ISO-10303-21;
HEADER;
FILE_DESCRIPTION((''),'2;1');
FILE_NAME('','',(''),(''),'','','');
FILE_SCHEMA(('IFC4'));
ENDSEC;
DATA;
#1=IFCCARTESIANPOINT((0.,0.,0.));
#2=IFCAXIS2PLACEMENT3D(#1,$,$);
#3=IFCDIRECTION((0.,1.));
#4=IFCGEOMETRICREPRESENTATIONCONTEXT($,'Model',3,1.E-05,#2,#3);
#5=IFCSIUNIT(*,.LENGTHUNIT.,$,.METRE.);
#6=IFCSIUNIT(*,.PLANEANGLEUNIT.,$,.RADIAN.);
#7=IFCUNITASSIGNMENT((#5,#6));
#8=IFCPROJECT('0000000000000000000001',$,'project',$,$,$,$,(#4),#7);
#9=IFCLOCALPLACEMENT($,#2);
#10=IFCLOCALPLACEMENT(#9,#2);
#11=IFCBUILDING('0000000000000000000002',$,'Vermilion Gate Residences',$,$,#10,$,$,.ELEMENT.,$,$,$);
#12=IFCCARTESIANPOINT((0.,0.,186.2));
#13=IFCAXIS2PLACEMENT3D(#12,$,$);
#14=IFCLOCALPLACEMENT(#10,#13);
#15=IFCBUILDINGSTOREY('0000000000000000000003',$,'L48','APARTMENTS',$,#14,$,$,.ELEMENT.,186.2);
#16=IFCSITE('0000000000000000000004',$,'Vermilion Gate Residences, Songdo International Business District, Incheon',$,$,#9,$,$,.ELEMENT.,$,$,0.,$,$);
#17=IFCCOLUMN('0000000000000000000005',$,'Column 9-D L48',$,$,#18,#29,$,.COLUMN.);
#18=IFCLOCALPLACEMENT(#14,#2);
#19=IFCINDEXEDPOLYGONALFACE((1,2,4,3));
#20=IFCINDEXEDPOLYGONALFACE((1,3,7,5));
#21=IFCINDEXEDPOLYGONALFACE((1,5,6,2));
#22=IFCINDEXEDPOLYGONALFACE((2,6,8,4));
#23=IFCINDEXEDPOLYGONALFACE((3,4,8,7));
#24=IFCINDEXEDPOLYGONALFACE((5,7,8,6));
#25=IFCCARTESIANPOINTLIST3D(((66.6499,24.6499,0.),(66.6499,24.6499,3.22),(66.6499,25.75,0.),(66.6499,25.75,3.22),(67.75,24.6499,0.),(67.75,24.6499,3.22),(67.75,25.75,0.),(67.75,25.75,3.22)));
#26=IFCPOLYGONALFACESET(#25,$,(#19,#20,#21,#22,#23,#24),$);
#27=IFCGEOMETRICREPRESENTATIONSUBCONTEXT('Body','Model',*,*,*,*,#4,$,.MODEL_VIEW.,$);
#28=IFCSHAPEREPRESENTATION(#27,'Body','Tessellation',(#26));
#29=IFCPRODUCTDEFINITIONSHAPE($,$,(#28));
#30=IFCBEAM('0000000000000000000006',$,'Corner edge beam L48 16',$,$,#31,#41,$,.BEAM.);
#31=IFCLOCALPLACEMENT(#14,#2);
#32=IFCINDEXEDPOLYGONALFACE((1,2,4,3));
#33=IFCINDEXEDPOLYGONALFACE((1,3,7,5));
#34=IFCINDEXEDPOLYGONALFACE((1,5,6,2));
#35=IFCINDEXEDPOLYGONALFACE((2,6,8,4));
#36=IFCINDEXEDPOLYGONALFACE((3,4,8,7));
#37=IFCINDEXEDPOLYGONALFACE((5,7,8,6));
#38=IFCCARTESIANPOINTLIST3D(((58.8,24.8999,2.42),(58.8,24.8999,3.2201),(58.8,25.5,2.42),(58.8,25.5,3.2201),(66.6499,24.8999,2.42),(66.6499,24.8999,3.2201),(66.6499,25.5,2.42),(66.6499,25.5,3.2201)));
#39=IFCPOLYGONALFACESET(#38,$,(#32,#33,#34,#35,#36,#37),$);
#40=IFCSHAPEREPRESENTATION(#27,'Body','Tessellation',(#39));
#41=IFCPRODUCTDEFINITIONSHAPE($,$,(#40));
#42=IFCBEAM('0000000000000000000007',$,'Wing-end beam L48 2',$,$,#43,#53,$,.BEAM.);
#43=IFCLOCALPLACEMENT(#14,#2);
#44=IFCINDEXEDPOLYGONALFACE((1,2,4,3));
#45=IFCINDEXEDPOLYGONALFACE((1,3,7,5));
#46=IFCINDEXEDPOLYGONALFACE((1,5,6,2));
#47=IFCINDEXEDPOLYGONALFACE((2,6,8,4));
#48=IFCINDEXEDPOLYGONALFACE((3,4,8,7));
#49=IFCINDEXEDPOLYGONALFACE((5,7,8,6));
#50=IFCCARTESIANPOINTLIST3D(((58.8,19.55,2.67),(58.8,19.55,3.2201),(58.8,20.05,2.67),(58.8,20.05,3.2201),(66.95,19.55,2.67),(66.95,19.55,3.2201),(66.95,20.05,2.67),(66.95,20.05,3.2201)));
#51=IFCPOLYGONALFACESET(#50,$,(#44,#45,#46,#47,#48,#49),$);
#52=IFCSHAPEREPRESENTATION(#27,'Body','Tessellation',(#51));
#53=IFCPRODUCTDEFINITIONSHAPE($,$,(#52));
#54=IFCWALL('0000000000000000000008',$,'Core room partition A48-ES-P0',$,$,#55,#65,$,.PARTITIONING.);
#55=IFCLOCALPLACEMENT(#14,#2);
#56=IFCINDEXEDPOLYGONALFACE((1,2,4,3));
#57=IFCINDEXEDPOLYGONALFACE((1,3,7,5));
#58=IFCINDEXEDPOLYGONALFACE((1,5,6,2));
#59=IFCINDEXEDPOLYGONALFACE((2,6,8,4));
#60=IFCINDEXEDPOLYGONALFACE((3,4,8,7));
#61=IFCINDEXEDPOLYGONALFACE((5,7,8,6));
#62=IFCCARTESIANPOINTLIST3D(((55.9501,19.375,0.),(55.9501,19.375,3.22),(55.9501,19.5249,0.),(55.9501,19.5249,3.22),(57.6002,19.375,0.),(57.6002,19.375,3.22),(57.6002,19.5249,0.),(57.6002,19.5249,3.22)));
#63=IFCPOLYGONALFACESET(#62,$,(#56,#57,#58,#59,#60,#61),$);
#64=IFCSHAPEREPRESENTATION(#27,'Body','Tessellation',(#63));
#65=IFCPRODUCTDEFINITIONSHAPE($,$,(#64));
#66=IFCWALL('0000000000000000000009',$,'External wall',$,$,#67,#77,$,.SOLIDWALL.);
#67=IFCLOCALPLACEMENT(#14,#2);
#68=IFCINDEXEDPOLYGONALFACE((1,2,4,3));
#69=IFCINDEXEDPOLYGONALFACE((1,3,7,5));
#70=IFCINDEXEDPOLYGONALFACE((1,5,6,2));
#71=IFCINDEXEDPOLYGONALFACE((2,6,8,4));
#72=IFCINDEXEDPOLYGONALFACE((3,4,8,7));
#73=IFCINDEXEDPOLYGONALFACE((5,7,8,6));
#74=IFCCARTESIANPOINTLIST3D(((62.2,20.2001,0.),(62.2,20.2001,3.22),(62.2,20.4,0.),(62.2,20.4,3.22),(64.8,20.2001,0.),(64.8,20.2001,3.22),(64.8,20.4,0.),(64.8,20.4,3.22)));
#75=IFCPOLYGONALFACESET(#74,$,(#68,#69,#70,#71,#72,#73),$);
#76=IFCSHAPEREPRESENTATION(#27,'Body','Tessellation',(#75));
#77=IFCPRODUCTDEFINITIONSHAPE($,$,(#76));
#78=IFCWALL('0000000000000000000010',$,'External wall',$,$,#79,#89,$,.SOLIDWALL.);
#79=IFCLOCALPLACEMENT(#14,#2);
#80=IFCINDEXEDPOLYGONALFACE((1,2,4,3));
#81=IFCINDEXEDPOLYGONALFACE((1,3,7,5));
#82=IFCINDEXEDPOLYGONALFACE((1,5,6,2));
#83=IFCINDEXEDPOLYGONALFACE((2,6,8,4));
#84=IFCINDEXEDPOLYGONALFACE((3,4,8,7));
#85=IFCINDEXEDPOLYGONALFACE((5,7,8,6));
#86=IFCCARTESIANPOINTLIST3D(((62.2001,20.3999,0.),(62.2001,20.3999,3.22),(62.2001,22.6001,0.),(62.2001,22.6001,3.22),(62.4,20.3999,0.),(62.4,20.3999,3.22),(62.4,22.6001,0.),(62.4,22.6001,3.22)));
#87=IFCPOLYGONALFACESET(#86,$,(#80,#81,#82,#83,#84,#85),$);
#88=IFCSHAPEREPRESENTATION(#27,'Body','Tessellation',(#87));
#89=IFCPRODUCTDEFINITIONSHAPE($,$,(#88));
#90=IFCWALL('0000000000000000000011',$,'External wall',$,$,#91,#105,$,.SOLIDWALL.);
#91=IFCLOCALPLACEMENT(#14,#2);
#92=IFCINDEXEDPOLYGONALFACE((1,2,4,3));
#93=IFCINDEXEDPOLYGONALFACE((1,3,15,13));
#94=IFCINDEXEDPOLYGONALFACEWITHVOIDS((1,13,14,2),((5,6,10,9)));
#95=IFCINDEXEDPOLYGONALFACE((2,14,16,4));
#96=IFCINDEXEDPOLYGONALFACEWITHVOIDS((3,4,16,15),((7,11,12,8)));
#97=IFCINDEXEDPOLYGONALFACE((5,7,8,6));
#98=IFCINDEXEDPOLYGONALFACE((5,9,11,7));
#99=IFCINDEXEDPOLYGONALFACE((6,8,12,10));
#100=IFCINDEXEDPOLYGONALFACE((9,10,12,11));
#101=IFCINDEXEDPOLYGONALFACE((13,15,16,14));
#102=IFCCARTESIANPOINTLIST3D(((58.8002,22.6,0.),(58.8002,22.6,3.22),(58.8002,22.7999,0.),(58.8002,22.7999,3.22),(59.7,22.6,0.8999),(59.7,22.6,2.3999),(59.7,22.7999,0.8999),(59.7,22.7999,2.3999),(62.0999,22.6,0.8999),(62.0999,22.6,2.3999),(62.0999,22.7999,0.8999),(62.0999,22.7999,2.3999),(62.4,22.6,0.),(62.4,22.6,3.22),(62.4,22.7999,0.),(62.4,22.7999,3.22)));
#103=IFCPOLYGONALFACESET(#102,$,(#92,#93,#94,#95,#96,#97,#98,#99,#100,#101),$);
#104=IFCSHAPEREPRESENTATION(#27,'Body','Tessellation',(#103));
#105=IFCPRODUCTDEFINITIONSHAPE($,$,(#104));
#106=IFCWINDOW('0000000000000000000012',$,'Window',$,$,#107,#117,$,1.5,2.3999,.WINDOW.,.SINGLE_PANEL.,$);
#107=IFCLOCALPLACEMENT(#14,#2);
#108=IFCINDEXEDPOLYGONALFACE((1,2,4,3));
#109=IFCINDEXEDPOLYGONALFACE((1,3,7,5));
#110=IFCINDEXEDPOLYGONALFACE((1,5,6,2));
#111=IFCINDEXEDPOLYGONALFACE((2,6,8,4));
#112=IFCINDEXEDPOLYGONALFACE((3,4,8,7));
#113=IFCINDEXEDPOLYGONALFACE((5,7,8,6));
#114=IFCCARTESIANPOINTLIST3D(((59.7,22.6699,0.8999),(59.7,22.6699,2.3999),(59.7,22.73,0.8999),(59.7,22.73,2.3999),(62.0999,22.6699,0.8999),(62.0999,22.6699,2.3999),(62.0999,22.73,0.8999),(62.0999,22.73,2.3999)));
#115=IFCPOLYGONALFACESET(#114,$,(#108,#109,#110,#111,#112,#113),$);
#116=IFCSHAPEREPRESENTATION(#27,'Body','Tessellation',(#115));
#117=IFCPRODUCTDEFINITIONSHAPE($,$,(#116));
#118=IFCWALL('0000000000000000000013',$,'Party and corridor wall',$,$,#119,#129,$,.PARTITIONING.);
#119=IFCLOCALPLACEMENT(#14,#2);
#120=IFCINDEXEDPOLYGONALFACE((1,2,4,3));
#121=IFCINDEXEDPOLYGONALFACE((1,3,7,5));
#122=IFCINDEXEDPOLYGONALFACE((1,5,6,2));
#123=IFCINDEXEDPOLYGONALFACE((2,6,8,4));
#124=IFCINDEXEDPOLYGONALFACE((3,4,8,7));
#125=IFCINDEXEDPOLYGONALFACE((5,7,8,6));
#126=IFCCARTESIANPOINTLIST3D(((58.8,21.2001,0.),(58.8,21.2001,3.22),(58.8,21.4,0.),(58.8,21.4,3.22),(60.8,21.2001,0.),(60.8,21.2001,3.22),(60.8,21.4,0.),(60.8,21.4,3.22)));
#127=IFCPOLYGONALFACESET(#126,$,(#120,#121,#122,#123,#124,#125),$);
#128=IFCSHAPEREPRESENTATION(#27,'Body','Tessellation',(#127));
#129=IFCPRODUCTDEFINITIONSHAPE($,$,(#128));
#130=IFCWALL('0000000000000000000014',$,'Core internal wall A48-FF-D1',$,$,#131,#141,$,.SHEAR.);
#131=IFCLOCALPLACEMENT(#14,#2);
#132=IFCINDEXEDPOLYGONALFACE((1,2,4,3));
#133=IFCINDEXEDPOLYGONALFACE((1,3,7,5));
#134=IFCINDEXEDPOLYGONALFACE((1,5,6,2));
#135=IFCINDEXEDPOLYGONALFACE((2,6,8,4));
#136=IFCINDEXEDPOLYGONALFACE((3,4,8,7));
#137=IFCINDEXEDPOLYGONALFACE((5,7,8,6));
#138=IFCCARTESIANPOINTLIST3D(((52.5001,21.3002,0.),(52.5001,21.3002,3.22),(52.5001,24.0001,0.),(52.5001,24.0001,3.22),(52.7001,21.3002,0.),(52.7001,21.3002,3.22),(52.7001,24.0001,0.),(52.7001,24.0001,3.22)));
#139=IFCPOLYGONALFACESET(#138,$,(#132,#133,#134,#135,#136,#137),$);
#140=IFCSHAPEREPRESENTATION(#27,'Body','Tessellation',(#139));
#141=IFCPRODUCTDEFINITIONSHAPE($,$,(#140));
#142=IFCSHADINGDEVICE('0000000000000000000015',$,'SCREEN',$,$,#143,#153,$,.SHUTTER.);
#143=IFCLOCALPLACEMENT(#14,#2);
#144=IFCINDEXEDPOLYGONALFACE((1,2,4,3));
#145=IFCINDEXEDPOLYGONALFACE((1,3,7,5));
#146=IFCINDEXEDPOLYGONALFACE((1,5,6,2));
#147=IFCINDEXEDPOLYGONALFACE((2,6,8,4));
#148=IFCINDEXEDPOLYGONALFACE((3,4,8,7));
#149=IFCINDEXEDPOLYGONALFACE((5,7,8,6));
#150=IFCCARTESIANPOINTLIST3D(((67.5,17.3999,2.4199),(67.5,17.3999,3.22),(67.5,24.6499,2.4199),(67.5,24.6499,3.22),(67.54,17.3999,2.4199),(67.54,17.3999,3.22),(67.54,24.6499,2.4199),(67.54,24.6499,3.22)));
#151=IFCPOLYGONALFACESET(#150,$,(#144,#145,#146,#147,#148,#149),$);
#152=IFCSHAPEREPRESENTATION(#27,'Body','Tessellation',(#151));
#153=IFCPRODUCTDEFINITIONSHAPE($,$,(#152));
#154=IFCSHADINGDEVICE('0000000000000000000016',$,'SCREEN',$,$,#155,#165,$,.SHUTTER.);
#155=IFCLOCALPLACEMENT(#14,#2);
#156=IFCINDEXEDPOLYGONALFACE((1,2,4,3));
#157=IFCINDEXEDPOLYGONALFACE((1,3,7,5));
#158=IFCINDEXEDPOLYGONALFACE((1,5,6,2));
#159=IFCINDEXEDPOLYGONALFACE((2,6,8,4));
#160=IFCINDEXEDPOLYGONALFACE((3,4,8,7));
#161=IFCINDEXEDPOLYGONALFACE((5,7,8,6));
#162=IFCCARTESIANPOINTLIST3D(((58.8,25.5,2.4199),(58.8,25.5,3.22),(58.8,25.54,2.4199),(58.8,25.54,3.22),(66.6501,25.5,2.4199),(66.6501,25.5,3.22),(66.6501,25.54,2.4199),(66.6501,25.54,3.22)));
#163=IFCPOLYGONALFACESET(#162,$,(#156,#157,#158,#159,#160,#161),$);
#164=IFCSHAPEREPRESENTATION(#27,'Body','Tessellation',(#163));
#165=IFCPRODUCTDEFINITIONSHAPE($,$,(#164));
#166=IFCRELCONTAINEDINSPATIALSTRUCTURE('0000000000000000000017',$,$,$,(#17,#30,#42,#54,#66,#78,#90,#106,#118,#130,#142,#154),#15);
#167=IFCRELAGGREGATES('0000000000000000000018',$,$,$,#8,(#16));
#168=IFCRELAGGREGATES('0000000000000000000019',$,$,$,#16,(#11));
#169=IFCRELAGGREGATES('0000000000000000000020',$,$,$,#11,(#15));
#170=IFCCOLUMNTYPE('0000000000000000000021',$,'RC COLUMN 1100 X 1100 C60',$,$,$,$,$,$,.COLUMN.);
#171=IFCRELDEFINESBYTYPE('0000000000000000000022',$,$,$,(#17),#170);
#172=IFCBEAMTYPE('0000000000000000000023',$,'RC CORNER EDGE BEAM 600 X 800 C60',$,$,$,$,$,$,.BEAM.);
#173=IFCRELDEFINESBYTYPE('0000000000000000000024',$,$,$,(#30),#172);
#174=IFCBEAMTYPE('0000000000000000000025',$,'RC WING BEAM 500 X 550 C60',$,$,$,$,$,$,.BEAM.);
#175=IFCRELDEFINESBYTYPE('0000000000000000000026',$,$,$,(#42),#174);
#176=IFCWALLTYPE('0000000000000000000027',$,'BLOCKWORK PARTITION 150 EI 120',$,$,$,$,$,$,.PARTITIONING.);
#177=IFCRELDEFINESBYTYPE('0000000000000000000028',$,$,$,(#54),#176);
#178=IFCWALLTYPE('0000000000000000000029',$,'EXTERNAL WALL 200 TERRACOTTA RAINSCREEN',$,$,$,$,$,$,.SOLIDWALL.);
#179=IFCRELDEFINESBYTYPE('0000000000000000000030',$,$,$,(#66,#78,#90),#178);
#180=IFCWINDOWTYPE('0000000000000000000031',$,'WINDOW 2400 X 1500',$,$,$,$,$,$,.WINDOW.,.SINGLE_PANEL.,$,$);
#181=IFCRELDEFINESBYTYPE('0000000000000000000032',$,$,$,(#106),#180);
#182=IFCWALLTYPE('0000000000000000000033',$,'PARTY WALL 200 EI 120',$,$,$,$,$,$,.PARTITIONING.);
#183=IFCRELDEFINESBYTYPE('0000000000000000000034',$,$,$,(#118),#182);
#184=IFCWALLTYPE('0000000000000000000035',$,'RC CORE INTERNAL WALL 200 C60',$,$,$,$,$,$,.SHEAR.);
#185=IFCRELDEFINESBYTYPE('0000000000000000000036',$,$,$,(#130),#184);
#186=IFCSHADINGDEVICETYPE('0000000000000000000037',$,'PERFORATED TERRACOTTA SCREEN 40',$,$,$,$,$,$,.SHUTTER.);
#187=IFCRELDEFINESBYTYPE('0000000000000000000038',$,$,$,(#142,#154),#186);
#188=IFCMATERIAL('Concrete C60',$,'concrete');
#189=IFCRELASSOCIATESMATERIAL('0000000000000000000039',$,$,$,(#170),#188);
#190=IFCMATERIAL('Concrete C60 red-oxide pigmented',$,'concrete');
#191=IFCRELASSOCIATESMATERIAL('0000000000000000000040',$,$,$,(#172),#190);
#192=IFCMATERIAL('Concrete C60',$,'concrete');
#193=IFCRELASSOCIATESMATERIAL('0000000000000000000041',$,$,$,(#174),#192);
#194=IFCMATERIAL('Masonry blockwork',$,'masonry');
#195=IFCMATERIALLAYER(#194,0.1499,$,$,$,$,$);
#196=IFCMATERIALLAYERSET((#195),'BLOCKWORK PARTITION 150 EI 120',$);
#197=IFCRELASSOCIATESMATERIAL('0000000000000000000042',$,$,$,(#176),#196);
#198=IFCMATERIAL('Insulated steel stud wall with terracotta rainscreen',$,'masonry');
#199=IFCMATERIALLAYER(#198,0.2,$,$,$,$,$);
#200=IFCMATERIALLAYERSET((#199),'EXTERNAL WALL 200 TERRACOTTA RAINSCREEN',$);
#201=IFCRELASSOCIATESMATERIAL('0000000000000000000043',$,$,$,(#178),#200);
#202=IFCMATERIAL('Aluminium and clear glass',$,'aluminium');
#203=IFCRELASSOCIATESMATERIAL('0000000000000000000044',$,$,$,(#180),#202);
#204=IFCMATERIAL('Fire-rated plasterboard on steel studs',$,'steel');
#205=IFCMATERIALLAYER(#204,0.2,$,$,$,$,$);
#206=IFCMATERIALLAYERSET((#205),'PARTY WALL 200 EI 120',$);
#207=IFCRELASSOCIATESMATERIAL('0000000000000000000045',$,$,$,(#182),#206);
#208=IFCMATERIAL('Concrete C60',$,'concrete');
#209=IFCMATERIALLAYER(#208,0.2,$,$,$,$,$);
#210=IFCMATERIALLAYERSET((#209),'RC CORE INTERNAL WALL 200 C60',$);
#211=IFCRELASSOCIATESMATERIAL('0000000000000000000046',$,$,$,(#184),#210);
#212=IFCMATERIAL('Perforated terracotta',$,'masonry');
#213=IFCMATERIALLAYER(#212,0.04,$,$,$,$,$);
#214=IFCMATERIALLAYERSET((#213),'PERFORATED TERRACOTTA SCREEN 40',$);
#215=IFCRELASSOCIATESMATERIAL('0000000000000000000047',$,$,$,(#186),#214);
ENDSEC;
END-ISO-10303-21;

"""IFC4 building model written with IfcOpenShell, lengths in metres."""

from ifc_helpers import new_model, si_unit, direction, frame, frame_2d, origin, origin_2d, place, context, subcontext, project, spatial, rectangle, extrude, material, layer, layer_set, material_profile, profile_set, type_object, element, fill, save


model = new_model("IFC4")

# Units and contexts
model_context = context("Model", 3, precision=1e-05, world=origin(), true_north=direction((0.0, 1.0)))
body_context = subcontext(model_context, "Body", "Model", "MODEL_VIEW")
ifc_project = project(units=[si_unit("LENGTHUNIT", "METRE"), si_unit("PLANEANGLEUNIT", "RADIAN")], contexts=[model_context])

# Site, building, storey
site_placement = place(None, origin())
site = spatial("IfcSite", under=ifc_project, at=site_placement, Name="Vermilion Gate Residences, Songdo International Business District, Incheon", CompositionType="ELEMENT", RefElevation=0.0)
building_placement = place(site_placement, origin())
building = spatial("IfcBuilding", under=site, at=building_placement, Name="Vermilion Gate Residences", CompositionType="ELEMENT")
storey_placement = place(building_placement, frame((0.0, 0.0, 186.2)))
storey = spatial("IfcBuildingStorey", under=building, at=storey_placement, Name="L48", Description="APARTMENTS", CompositionType="ELEMENT", Elevation=186.2)

# Column
ifc_material_1 = material(Name="Concrete C60", Category="concrete")
ifc_material_profile_1 = material_profile(ifc_material_1, rectangle(XDim=1.1001, YDim=1.1001, at=origin_2d()), Name="RC-1100x1100")
ifc_profile_set_1 = profile_set([ifc_material_profile_1], Name="Concrete C60")
column_type = type_object("IfcColumnType", Name="RC COLUMN 1100 X 1100 C60", PredefinedType="COLUMN", material=ifc_profile_set_1)
column_placement = place(storey_placement, frame((67.2, 25.2, 0.0), z_axis=(0.0, 0.0, 1.0), x_axis=(1.0, 0.0, 0.0)))
element("IfcColumn", 1, at=column_placement, inside=storey, type_object=column_type, Name="Column 9-D L48", PredefinedType="COLUMN", context=body_context, shape_type="SweptSolid", body=[
    extrude(rectangle(XDim=1.1001, YDim=1.1001, at=origin_2d()), origin(), (0.0, 0.0, 1.0), 3.22),
])

# Beams
ifc_material_2 = material(Name="Concrete C60 red-oxide pigmented", Category="concrete")
ifc_material_profile_2 = material_profile(ifc_material_2, rectangle(XDim=0.6001, YDim=0.8, at=origin_2d()), Name="RC-600x800")
ifc_profile_set_2 = profile_set([ifc_material_profile_2], Name="Concrete C60 red-oxide pigmented")
beam_type_1 = type_object("IfcBeamType", Name="RC CORNER EDGE BEAM 600 X 800 C60", PredefinedType="BEAM", material=ifc_profile_set_2)
beam_1_placement = place(storey_placement, frame((58.8, 25.2, 2.8201), z_axis=(1.0, 0.0, 0.0), x_axis=(0.0, 1.0, 0.0)))
element("IfcBeam", 2, at=beam_1_placement, inside=storey, type_object=beam_type_1, Name="Corner edge beam L48 16", PredefinedType="BEAM", context=body_context, shape_type="SweptSolid", body=[
    extrude(rectangle(XDim=0.6001, YDim=0.8, at=origin_2d()), origin(), (0.0, 0.0, 1.0), 7.8499),
])
ifc_material_3 = material(Name="Concrete C60", Category="concrete")
ifc_material_profile_3 = material_profile(ifc_material_3, rectangle(XDim=0.5, YDim=0.55, at=origin_2d()), Name="RC-500x550")
ifc_profile_set_3 = profile_set([ifc_material_profile_3], Name="Concrete C60")
beam_type_2 = type_object("IfcBeamType", Name="RC WING BEAM 500 X 550 C60", PredefinedType="BEAM", material=ifc_profile_set_3)
beam_2_placement = place(storey_placement, frame((58.8, 19.8, 2.9451), z_axis=(1.0, 0.0, 0.0), x_axis=(0.0, 1.0, 0.0)))
element("IfcBeam", 3, at=beam_2_placement, inside=storey, type_object=beam_type_2, Name="Wing-end beam L48 2", PredefinedType="BEAM", context=body_context, shape_type="SweptSolid", body=[
    extrude(rectangle(XDim=0.5, YDim=0.55, at=origin_2d()), origin(), (0.0, 0.0, 1.0), 8.1499),
])

# Walls
ifc_material_4 = material(Name="Masonry blockwork", Category="masonry")
ifc_layer_1 = layer(ifc_material_4, 0.1499)
ifc_layer_set_1 = layer_set([ifc_layer_1], Name="BLOCKWORK PARTITION 150 EI 120")
wall_type_1 = type_object("IfcWallType", Name="BLOCKWORK PARTITION 150 EI 120", PredefinedType="PARTITIONING", material=ifc_layer_set_1)
wall_1_placement = place(storey_placement, frame((55.95, 19.45, 0.0), z_axis=(0.0, 0.0, 1.0), x_axis=(1.0, 0.0, 0.0)))
element("IfcWall", 4, at=wall_1_placement, inside=storey, type_object=wall_type_1, Name="Core room partition A48-ES-P0", PredefinedType="PARTITIONING", context=body_context, shape_type="SweptSolid", body=[
    extrude(rectangle(XDim=1.6501, YDim=0.1499, at=frame_2d((0.8252, 0.0))), origin(), (0.0, 0.0, 1.0), 3.22),
])
ifc_material_5 = material(Name="Insulated steel stud wall with terracotta rainscreen", Category="masonry")
ifc_layer_2 = layer(ifc_material_5, 0.2)
ifc_layer_set_2 = layer_set([ifc_layer_2], Name="EXTERNAL WALL 200 TERRACOTTA RAINSCREEN")
wall_type_2 = type_object("IfcWallType", Name="EXTERNAL WALL 200 TERRACOTTA RAINSCREEN", PredefinedType="SOLIDWALL", material=ifc_layer_set_2)
wall_2_placement = place(storey_placement, frame((64.8, 20.3, 0.0), z_axis=(0.0, 0.0, 1.0), x_axis=(-1.0, 0.0, 0.0)))
element("IfcWall", 5, at=wall_2_placement, inside=storey, type_object=wall_type_2, Name="External wall", PredefinedType="SOLIDWALL", context=body_context, shape_type="SweptSolid", body=[
    extrude(rectangle(XDim=2.6001, YDim=0.2, at=frame_2d((1.3, 0.0))), origin(), (0.0, 0.0, 1.0), 3.22),
])
wall_3_placement = place(storey_placement, frame((62.3, 20.3999, 0.0), z_axis=(0.0, 0.0, 1.0), x_axis=(0.0, 1.0, 0.0)))
element("IfcWall", 6, at=wall_3_placement, inside=storey, type_object=wall_type_2, Name="External wall", PredefinedType="SOLIDWALL", context=body_context, shape_type="SweptSolid", body=[
    extrude(rectangle(XDim=2.2002, YDim=0.2, at=frame_2d((1.1001, 0.0))), origin(), (0.0, 0.0, 1.0), 3.22),
])

# Wall, opening, window
wall_4_placement = place(storey_placement, frame((62.3999, 22.7, 0.0), z_axis=(0.0, 0.0, 1.0), x_axis=(-1.0, 0.0, 0.0)))
wall_4 = element("IfcWall", 7, at=wall_4_placement, inside=storey, type_object=wall_type_2, Name="External wall", PredefinedType="SOLIDWALL", context=body_context, shape_type="SweptSolid", body=[
    extrude(rectangle(XDim=3.5999, YDim=0.2, at=frame_2d((1.7998, 0.0))), origin(), (0.0, 0.0, 1.0), 3.22),
])
opening_placement = place(wall_4_placement, frame((0.3, 0.0, 0.8999)))
opening = element("IfcOpeningElement", 8, at=opening_placement, cuts=wall_4, PredefinedType="OPENING", context=body_context, shape_type="SweptSolid", body=[
    extrude(rectangle(XDim=2.3999, YDim=1.5, at=frame_2d((1.2, 0.75))), frame((0.0, 0.1099, 0.0), z_axis=(0.0, -1.0, 0.0), x_axis=(1.0, 0.0, 0.0)), (0.0, 0.0, 1.0), 0.22),
])
ifc_material_6 = material(Name="Aluminium and clear glass", Category="aluminium")
window_type = type_object("IfcWindowType", Name="WINDOW 2400 X 1500", PartitioningType="SINGLE_PANEL", PredefinedType="WINDOW", material=ifc_material_6)
window_placement = place(opening_placement, origin())
window = element("IfcWindow", 9, at=window_placement, inside=storey, type_object=window_type, Name="Window", OverallHeight=1.5, OverallWidth=2.3999, PartitioningType="SINGLE_PANEL", PredefinedType="WINDOW", context=body_context, shape_type="SweptSolid", body=[
    extrude(rectangle(XDim=2.3999, YDim=1.5, at=frame_2d((1.2, 0.75))), frame((0.0, 0.03, 0.0), z_axis=(0.0, -1.0, 0.0), x_axis=(1.0, 0.0, 0.0)), (0.0, 0.0, 1.0), 0.0601),
])
fill(opening, window)

# Walls
ifc_material_7 = material(Name="Fire-rated plasterboard on steel studs", Category="steel")
ifc_layer_3 = layer(ifc_material_7, 0.2)
ifc_layer_set_3 = layer_set([ifc_layer_3], Name="PARTY WALL 200 EI 120")
wall_type_3 = type_object("IfcWallType", Name="PARTY WALL 200 EI 120", PredefinedType="PARTITIONING", material=ifc_layer_set_3)
wall_5_placement = place(storey_placement, frame((58.8, 21.3, 0.0), z_axis=(0.0, 0.0, 1.0), x_axis=(1.0, 0.0, 0.0)))
element("IfcWall", 10, at=wall_5_placement, inside=storey, type_object=wall_type_3, Name="Party and corridor wall", PredefinedType="PARTITIONING", context=body_context, shape_type="SweptSolid", body=[
    extrude(rectangle(XDim=2.0, YDim=0.2, at=frame_2d((1.0, 0.0))), origin(), (0.0, 0.0, 1.0), 3.22),
])
ifc_material_8 = material(Name="Concrete C60", Category="concrete")
ifc_layer_4 = layer(ifc_material_8, 0.2)
ifc_layer_set_4 = layer_set([ifc_layer_4], Name="RC CORE INTERNAL WALL 200 C60")
wall_type_4 = type_object("IfcWallType", Name="RC CORE INTERNAL WALL 200 C60", PredefinedType="SHEAR", material=ifc_layer_set_4)
wall_6_placement = place(storey_placement, frame((52.6001, 21.3, 0.0), z_axis=(0.0, 0.0, 1.0), x_axis=(0.0, 1.0, 0.0)))
element("IfcWall", 11, at=wall_6_placement, inside=storey, type_object=wall_type_4, Name="Core internal wall A48-FF-D1", PredefinedType="SHEAR", context=body_context, shape_type="SweptSolid", body=[
    extrude(rectangle(XDim=2.7, YDim=0.2, at=frame_2d((1.3501, 0.0))), origin(), (0.0, 0.0, 1.0), 3.22),
])

# Shading devices
ifc_material_9 = material(Name="Perforated terracotta", Category="masonry")
ifc_layer_5 = layer(ifc_material_9, 0.04)
ifc_layer_set_5 = layer_set([ifc_layer_5], Name="PERFORATED TERRACOTTA SCREEN 40")
shading_device_type_1 = type_object("IfcShadingDeviceType", Name="PERFORATED TERRACOTTA SCREEN 40", PredefinedType="SHUTTER", material=ifc_layer_set_5)
shading_device_1_placement = place(storey_placement, frame((67.52, 21.0249, 2.4199), z_axis=(0.0, 0.0, 1.0), x_axis=(0.0, 1.0, 0.0)))
element("IfcShadingDevice", 12, at=shading_device_1_placement, inside=storey, type_object=shading_device_type_1, Name="SCREEN", PredefinedType="SHUTTER", context=body_context, shape_type="SweptSolid", body=[
    extrude(rectangle(XDim=7.25, YDim=0.04, at=origin_2d()), origin(), (0.0, 0.0, 1.0), 0.8),
])
shading_device_2_placement = place(storey_placement, frame((62.7251, 25.52, 2.4199), z_axis=(0.0, 0.0, 1.0), x_axis=(-1.0, 0.0, 0.0)))
element("IfcShadingDevice", 13, at=shading_device_2_placement, inside=storey, type_object=shading_device_type_1, Name="SCREEN", PredefinedType="SHUTTER", context=body_context, shape_type="SweptSolid", body=[
    extrude(rectangle(XDim=7.8501, YDim=0.04, at=origin_2d()), origin(), (0.0, 0.0, 1.0), 0.8),
])

save(model, "model.ifc")
